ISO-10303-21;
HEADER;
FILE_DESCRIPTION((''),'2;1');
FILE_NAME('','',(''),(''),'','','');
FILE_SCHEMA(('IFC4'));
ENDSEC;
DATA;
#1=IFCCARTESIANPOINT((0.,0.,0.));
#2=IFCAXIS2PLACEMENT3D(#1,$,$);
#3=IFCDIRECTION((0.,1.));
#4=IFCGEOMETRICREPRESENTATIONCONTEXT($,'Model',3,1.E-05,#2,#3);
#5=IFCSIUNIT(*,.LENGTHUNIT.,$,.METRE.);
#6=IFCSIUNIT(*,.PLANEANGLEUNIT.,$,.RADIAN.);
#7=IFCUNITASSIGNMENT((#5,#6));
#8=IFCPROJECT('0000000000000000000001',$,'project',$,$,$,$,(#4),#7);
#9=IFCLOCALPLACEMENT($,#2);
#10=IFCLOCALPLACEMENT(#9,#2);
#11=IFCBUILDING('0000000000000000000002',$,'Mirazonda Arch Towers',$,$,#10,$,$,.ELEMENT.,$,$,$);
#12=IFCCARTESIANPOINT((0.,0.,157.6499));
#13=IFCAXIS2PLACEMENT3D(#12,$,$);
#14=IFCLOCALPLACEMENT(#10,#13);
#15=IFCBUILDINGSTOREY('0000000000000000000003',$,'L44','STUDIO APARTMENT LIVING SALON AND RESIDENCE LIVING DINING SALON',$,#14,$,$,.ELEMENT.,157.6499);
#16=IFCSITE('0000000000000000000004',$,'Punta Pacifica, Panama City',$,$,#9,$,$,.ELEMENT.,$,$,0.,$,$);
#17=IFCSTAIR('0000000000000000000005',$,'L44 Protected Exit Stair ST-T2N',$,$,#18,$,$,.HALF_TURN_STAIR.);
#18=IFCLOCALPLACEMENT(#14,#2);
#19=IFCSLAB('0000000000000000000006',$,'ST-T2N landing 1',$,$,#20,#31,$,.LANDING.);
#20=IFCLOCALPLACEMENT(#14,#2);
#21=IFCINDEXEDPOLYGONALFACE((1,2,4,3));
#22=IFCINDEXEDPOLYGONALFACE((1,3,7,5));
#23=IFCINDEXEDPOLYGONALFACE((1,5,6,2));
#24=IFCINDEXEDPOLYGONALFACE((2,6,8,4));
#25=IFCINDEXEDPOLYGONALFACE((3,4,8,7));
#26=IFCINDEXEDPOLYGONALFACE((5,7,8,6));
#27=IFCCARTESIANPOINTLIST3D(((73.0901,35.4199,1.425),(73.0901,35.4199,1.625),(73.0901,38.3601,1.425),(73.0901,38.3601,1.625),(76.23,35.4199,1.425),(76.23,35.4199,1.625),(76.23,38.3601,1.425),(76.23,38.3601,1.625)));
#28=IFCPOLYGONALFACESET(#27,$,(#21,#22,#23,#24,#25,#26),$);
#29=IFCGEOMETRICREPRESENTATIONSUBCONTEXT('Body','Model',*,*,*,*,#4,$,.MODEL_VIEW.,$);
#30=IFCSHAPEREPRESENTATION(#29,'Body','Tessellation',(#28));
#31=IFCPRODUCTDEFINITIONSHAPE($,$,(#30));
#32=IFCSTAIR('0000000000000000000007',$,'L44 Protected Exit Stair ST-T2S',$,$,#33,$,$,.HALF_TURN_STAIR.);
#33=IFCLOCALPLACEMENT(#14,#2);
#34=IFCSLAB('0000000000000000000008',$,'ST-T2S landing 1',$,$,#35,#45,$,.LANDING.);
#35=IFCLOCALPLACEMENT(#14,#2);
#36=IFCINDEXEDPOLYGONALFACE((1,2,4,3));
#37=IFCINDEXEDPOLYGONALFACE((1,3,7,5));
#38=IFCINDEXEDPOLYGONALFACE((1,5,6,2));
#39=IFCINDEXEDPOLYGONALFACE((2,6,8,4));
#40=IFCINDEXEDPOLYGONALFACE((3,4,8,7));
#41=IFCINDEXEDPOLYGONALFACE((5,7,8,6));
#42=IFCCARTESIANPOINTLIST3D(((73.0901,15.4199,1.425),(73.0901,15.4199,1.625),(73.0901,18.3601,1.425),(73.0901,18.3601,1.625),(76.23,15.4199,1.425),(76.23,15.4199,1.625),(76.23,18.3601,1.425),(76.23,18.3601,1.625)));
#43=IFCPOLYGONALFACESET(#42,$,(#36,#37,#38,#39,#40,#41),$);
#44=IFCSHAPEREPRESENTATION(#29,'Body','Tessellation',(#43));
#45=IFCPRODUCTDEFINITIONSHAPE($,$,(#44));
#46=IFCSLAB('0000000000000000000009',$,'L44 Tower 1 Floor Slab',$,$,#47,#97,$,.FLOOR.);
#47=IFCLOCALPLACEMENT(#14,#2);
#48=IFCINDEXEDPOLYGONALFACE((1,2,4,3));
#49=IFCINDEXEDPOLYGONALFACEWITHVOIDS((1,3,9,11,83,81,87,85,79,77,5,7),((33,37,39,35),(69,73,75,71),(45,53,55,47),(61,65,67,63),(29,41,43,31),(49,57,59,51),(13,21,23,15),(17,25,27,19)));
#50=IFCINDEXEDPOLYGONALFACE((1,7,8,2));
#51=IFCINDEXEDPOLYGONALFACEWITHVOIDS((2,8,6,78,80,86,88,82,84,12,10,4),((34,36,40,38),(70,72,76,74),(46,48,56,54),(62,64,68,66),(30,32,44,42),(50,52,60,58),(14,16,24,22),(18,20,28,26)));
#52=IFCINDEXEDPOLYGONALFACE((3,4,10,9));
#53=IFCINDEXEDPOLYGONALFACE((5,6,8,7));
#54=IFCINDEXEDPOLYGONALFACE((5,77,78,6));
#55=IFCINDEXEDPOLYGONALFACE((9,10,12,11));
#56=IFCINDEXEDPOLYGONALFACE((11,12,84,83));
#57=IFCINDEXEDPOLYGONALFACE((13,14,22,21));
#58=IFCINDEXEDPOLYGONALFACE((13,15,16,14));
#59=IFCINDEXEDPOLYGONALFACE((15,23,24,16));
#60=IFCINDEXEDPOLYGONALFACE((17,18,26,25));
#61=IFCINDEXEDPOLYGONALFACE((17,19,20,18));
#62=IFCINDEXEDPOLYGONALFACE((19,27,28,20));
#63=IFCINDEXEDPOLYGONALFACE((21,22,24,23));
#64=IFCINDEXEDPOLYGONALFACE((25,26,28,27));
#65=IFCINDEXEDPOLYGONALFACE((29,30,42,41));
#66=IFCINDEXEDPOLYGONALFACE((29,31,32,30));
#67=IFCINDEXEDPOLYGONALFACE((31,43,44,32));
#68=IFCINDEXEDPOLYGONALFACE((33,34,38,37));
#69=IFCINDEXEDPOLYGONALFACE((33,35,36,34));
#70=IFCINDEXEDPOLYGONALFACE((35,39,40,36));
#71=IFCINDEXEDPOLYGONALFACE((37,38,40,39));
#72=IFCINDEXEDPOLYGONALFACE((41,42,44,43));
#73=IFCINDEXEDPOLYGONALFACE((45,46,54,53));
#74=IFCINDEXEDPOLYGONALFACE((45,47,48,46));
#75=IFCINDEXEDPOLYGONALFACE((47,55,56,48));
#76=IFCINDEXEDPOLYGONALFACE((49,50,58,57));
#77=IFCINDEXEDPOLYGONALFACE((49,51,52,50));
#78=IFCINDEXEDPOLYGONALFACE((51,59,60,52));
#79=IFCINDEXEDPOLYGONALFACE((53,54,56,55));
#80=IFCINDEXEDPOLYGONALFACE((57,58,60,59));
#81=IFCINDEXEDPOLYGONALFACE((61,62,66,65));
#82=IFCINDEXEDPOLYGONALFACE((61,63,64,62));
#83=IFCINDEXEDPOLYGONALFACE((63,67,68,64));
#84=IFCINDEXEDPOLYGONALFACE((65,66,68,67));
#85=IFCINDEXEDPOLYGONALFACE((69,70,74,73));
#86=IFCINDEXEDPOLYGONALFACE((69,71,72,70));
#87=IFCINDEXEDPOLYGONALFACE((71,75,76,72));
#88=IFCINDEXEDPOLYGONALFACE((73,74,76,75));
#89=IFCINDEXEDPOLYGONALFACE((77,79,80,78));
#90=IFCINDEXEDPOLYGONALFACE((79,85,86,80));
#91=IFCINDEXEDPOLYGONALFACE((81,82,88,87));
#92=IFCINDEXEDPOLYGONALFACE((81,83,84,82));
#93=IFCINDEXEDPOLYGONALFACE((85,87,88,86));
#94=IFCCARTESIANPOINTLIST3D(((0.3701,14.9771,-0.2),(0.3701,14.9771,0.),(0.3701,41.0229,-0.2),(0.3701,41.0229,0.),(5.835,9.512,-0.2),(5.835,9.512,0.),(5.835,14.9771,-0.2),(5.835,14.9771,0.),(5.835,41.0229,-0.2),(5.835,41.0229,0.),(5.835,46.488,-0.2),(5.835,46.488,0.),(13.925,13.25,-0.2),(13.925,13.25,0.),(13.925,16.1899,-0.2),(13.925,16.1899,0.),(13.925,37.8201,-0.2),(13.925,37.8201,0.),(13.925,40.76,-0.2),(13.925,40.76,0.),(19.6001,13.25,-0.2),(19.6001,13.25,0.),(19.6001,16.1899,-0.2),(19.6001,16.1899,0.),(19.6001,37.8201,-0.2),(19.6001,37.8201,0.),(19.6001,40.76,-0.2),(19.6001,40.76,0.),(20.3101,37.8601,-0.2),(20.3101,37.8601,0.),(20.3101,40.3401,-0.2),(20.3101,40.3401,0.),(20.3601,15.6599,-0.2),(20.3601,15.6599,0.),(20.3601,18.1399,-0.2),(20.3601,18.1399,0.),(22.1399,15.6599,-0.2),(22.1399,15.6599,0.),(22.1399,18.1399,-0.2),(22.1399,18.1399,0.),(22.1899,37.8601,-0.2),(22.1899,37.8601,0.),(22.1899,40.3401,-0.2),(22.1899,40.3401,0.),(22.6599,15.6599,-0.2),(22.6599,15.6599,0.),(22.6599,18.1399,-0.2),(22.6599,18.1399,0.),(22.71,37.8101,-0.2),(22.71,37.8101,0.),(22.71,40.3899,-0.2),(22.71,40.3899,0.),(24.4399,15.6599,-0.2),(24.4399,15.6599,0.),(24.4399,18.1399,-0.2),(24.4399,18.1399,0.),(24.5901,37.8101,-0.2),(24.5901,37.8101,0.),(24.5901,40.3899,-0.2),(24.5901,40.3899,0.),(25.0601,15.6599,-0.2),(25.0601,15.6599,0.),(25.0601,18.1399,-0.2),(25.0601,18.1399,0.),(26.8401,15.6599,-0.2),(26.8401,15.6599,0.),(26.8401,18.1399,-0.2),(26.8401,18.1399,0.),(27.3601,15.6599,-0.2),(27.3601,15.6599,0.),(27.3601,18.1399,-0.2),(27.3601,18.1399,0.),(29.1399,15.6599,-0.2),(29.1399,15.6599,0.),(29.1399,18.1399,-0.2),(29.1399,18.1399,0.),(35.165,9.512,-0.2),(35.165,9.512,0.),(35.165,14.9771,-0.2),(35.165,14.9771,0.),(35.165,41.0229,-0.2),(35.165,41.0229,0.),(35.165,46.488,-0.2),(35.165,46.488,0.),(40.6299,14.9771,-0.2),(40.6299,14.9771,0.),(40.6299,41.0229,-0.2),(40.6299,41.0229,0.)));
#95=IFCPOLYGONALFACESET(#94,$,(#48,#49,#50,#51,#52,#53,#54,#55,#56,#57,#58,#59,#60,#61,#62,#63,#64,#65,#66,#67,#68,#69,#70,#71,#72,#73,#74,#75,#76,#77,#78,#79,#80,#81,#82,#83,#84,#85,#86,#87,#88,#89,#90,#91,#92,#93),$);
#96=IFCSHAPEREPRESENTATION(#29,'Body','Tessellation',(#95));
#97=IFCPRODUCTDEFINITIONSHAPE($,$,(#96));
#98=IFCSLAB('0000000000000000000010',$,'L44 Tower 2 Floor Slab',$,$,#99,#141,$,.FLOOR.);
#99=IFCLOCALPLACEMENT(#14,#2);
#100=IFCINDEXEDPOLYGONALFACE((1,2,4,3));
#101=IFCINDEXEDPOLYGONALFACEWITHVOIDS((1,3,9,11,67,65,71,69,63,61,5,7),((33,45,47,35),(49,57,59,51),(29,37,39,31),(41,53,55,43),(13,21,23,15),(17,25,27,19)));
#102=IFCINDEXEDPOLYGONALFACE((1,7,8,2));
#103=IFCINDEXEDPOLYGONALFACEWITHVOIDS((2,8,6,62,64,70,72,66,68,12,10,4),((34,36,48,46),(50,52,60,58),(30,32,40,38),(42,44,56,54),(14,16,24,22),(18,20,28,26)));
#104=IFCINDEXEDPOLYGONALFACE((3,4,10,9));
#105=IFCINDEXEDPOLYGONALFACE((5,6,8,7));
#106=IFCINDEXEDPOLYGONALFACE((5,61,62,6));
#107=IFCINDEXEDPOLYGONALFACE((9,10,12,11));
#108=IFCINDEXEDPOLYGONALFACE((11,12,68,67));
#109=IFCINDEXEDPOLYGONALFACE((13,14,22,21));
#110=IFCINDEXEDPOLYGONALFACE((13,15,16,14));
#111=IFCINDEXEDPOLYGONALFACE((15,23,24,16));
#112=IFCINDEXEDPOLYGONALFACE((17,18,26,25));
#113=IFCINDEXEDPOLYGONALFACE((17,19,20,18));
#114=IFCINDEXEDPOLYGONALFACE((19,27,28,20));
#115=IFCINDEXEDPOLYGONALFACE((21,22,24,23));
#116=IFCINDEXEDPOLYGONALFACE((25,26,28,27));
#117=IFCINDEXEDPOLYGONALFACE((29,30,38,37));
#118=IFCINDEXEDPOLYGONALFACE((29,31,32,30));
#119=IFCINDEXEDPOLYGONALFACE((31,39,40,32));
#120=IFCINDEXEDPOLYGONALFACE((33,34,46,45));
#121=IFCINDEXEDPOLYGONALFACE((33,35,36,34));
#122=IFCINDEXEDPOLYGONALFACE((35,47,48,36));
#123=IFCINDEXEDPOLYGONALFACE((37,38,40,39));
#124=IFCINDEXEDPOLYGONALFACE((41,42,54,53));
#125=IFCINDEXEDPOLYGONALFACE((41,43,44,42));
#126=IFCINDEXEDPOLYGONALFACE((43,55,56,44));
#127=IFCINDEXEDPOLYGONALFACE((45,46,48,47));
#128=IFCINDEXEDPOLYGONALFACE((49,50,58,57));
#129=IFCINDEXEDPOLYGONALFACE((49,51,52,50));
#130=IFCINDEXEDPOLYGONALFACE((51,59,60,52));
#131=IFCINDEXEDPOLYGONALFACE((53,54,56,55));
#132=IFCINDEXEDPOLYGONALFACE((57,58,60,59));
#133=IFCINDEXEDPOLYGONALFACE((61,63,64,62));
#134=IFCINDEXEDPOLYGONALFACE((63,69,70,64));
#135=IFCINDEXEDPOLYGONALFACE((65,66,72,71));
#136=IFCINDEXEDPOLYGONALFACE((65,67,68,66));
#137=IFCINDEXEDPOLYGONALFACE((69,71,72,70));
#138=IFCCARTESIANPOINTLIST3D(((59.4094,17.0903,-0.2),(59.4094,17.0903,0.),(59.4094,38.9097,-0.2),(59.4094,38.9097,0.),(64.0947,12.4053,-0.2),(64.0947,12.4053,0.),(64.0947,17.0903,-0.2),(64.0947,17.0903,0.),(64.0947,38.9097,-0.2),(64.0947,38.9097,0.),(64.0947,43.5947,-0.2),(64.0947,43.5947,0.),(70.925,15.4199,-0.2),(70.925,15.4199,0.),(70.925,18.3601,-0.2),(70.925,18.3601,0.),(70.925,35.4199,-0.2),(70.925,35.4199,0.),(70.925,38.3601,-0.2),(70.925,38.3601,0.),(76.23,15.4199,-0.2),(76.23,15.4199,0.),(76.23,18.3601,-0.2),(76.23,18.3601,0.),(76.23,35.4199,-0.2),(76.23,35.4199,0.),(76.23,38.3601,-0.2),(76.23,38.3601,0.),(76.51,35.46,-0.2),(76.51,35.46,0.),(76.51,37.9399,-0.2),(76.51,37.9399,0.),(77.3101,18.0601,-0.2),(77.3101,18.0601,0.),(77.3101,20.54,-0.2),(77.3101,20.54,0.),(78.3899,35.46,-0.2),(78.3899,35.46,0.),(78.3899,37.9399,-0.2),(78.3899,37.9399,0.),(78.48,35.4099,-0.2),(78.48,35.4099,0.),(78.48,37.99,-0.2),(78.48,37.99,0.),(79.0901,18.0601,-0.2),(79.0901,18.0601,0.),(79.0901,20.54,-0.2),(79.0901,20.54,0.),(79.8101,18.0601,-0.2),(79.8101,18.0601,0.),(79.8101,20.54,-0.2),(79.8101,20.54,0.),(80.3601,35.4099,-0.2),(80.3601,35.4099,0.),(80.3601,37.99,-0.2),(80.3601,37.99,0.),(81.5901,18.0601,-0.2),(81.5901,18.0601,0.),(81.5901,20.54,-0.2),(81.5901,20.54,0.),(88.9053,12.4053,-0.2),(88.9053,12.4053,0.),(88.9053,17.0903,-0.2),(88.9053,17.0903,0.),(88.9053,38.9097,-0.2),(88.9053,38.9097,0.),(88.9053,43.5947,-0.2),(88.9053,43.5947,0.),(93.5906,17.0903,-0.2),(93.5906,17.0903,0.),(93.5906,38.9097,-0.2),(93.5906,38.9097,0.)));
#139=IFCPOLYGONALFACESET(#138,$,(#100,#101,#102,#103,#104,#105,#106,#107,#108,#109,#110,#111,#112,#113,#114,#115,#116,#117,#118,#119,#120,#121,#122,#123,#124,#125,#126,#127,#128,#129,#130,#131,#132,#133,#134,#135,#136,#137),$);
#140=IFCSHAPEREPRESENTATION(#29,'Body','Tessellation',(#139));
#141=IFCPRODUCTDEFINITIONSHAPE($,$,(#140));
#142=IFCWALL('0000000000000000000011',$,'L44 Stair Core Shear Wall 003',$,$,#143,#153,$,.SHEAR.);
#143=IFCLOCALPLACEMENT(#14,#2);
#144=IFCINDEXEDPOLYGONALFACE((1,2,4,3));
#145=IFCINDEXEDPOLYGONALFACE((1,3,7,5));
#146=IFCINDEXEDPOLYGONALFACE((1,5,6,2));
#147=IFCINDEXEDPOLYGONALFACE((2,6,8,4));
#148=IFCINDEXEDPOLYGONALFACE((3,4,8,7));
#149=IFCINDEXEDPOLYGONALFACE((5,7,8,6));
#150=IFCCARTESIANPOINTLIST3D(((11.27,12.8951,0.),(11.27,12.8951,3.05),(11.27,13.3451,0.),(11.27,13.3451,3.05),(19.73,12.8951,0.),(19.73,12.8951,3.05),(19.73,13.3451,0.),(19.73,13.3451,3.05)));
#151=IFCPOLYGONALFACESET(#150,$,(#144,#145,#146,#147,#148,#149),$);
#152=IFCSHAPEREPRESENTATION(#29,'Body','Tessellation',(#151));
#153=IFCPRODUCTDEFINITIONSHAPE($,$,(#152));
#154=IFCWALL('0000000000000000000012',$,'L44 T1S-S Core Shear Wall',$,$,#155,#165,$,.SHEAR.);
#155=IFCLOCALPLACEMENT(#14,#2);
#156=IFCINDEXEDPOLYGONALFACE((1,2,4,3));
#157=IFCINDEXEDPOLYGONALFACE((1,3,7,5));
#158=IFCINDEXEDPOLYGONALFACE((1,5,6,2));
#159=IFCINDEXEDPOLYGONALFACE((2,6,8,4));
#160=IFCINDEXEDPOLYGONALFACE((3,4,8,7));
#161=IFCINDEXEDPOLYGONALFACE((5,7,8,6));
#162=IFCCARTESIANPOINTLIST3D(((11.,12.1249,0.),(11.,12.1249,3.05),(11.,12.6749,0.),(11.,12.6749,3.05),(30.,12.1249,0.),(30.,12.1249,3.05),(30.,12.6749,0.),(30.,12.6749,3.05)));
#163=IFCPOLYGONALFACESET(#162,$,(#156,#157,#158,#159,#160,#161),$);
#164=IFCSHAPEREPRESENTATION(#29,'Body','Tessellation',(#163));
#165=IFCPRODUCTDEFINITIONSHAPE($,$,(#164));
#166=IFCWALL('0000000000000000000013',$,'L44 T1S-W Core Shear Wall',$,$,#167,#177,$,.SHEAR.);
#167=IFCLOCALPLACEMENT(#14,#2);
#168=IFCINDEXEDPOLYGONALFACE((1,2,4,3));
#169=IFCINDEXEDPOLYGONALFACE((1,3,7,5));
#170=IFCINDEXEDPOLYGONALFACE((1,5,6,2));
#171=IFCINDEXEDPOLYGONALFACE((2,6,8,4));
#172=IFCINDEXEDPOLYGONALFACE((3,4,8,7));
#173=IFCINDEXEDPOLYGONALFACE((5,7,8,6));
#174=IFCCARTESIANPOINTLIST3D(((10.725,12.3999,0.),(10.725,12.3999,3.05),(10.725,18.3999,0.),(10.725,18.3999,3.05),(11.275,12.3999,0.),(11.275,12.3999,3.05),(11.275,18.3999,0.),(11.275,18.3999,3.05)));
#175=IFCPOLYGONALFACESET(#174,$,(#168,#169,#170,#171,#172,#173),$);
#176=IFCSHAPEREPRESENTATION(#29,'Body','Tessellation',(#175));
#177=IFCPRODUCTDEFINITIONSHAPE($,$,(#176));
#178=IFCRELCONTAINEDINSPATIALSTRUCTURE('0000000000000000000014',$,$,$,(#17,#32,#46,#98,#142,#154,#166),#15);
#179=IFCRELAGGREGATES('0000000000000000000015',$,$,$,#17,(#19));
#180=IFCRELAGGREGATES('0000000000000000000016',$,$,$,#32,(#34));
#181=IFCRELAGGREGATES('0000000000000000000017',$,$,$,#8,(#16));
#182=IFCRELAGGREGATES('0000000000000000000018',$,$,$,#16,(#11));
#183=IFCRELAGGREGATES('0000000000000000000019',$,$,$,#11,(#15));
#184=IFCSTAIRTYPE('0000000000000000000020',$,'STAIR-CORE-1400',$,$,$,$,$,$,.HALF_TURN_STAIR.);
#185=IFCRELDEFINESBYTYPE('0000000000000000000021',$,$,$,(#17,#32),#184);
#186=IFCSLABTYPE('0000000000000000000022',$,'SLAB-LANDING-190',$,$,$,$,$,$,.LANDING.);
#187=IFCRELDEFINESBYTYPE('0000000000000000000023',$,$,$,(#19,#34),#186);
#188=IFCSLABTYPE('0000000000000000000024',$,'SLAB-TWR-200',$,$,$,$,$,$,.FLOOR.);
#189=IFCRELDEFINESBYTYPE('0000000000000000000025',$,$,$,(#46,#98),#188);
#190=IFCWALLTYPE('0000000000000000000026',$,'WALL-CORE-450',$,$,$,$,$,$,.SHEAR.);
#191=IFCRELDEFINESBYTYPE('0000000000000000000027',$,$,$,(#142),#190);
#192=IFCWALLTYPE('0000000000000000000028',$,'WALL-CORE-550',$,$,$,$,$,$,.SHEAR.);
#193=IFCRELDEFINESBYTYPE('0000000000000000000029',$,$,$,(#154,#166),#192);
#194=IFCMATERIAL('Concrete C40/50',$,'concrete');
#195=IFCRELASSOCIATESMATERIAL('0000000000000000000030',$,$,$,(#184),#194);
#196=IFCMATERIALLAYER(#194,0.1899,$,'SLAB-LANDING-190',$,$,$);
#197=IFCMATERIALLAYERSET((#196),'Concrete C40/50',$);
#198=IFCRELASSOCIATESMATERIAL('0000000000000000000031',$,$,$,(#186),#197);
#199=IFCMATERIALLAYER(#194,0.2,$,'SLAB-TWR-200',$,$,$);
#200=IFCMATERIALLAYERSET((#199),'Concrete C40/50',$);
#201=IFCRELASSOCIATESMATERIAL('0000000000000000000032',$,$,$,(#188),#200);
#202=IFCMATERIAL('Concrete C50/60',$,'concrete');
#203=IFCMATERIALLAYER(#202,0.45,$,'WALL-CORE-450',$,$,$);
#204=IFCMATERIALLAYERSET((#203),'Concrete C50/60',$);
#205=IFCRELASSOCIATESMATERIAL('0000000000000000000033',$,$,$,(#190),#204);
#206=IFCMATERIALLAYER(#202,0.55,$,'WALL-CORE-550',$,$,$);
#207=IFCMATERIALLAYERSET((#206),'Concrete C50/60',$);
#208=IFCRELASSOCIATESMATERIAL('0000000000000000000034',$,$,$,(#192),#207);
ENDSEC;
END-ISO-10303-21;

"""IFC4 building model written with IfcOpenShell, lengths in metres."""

from ifc_helpers import new_model, si_unit, direction, frame, frame_2d, origin, place, context, subcontext, project, spatial, polyline, rectangle, outline, extrude, material, layer, layer_set, type_object, element, aggregate, save


model = new_model("IFC4")

# Units and contexts
model_context = context("Model", 3, precision=1e-05, world=origin(), true_north=direction((0.0, 1.0)))
body_context = subcontext(model_context, "Body", "Model", "MODEL_VIEW")
ifc_project = project(units=[si_unit("LENGTHUNIT", "METRE"), si_unit("PLANEANGLEUNIT", "RADIAN")], contexts=[model_context])

# Site, building, storey
site_placement = place(None, origin())
site = spatial("IfcSite", under=ifc_project, at=site_placement, Name="Punta Pacifica, Panama City", CompositionType="ELEMENT", RefElevation=0.0)
building_placement = place(site_placement, origin())
building = spatial("IfcBuilding", under=site, at=building_placement, Name="Mirazonda Arch Towers", CompositionType="ELEMENT")
storey_placement = place(building_placement, frame((0.0, 0.0, 157.6499)))
storey = spatial("IfcBuildingStorey", under=building, at=storey_placement, Name="L44", Description="STUDIO APARTMENT LIVING SALON AND RESIDENCE LIVING DINING SALON", CompositionType="ELEMENT", Elevation=157.6499)

# Shared definitions
ifc_material_1 = material(Name="Concrete C50/60", Category="concrete")

# Stairs, slabs
ifc_material_2 = material(Name="Concrete C40/50", Category="concrete")
stair_type = type_object("IfcStairType", Name="STAIR-CORE-1400", PredefinedType="HALF_TURN_STAIR", material=ifc_material_2)
ifc_layer_1 = layer(ifc_material_2, 0.1899, Name="SLAB-LANDING-190")
ifc_layer_set_1 = layer_set([ifc_layer_1], Name="Concrete C40/50")
slab_type_1 = type_object("IfcSlabType", Name="SLAB-LANDING-190", PredefinedType="LANDING", material=ifc_layer_set_1)
stair_1_placement = place(storey_placement, origin())
stair_1 = element("IfcStair", 1, at=stair_1_placement, inside=storey, type_object=stair_type, Name="L44 Protected Exit Stair ST-T2N", PredefinedType="HALF_TURN_STAIR")
slab_1_placement = place(storey_placement, frame((0.0, 0.0, 1.425)))
slab_1 = element("IfcSlab", 2, at=slab_1_placement, type_object=slab_type_1, Name="ST-T2N landing 1", PredefinedType="LANDING", context=body_context, shape_type="SweptSolid", body=[
    extrude(outline(polyline([(73.0901, 35.4199), (76.23, 35.4199), (76.23, 38.3601), (73.0901, 38.3601), (73.0901, 35.4199)])), origin(), (0.0, 0.0, 1.0), 0.2),
])
aggregate(stair_1, [slab_1])
stair_2_placement = place(storey_placement, origin())
stair_2 = element("IfcStair", 3, at=stair_2_placement, inside=storey, type_object=stair_type, Name="L44 Protected Exit Stair ST-T2S", PredefinedType="HALF_TURN_STAIR")
slab_2_placement = place(storey_placement, frame((0.0, 0.0, 1.425)))
slab_2 = element("IfcSlab", 4, at=slab_2_placement, type_object=slab_type_1, Name="ST-T2S landing 1", PredefinedType="LANDING", context=body_context, shape_type="SweptSolid", body=[
    extrude(outline(polyline([(73.0901, 15.4199), (76.23, 15.4199), (76.23, 18.3601), (73.0901, 18.3601), (73.0901, 15.4199)])), origin(), (0.0, 0.0, 1.0), 0.2),
])
aggregate(stair_2, [slab_2])

# Slabs
ifc_layer_2 = layer(ifc_material_2, 0.2, Name="SLAB-TWR-200")
ifc_layer_set_2 = layer_set([ifc_layer_2], Name="Concrete C40/50")
slab_type_2 = type_object("IfcSlabType", Name="SLAB-TWR-200", PredefinedType="FLOOR", material=ifc_layer_set_2)
slab_3_placement = place(storey_placement, frame((0.0, 0.0, -0.2)))
element("IfcSlab", 5, at=slab_3_placement, inside=storey, type_object=slab_type_2, Name="L44 Tower 1 Floor Slab", PredefinedType="FLOOR", context=body_context, shape_type="SweptSolid", body=[
    extrude(outline(polyline([(5.835, 9.512), (35.165, 9.512), (35.165, 14.9771), (40.6299, 14.9771), (40.6299, 41.0229), (35.165, 41.0229), (35.165, 46.488), (5.835, 46.488), (5.835, 41.0229), (0.3701, 41.0229), (0.3701, 14.9771), (5.835, 14.9771), (5.835, 9.512)]), holes=[polyline([(27.3601, 18.1399), (29.1399, 18.1399), (29.1399, 15.6599), (27.3601, 15.6599), (27.3601, 18.1399)]), polyline([(25.0601, 18.1399), (26.8401, 18.1399), (26.8401, 15.6599), (25.0601, 15.6599), (25.0601, 18.1399)]), polyline([(22.71, 40.3899), (24.5901, 40.3899), (24.5901, 37.8101), (22.71, 37.8101), (22.71, 40.3899)]), polyline([(22.6599, 18.1399), (24.4399, 18.1399), (24.4399, 15.6599), (22.6599, 15.6599), (22.6599, 18.1399)]), polyline([(20.3101, 40.3401), (22.1899, 40.3401), (22.1899, 37.8601), (20.3101, 37.8601), (20.3101, 40.3401)]), polyline([(20.3601, 18.1399), (22.1399, 18.1399), (22.1399, 15.6599), (20.3601, 15.6599), (20.3601, 18.1399)]), polyline([(13.925, 13.25), (13.925, 16.1899), (19.6001, 16.1899), (19.6001, 13.25), (13.925, 13.25)]), polyline([(13.925, 37.8201), (13.925, 40.76), (19.6001, 40.76), (19.6001, 37.8201), (13.925, 37.8201)])]), origin(), (0.0, 0.0, 1.0), 0.2),
])
slab_4_placement = place(storey_placement, frame((0.0, 0.0, -0.2)))
element("IfcSlab", 6, at=slab_4_placement, inside=storey, type_object=slab_type_2, Name="L44 Tower 2 Floor Slab", PredefinedType="FLOOR", context=body_context, shape_type="SweptSolid", body=[
    extrude(outline(polyline([(64.0947, 12.4053), (88.9053, 12.4053), (88.9053, 17.0903), (93.5906, 17.0903), (93.5906, 38.9097), (88.9053, 38.9097), (88.9053, 43.5947), (64.0947, 43.5947), (64.0947, 38.9097), (59.4094, 38.9097), (59.4094, 17.0903), (64.0947, 17.0903), (64.0947, 12.4053)]), holes=[polyline([(79.8101, 20.54), (81.5901, 20.54), (81.5901, 18.0601), (79.8101, 18.0601), (79.8101, 20.54)]), polyline([(78.48, 37.99), (80.3601, 37.99), (80.3601, 35.4099), (78.48, 35.4099), (78.48, 37.99)]), polyline([(77.3101, 20.54), (79.0901, 20.54), (79.0901, 18.0601), (77.3101, 18.0601), (77.3101, 20.54)]), polyline([(76.51, 35.46), (76.51, 37.9399), (78.3899, 37.9399), (78.3899, 35.46), (76.51, 35.46)]), polyline([(76.23, 15.4199), (70.925, 15.4199), (70.925, 18.3601), (76.23, 18.3601), (76.23, 15.4199)]), polyline([(70.925, 35.4199), (70.925, 38.3601), (76.23, 38.3601), (76.23, 35.4199), (70.925, 35.4199)])]), origin(), (0.0, 0.0, 1.0), 0.2),
])

# Walls
ifc_layer_3 = layer(ifc_material_1, 0.45, Name="WALL-CORE-450")
ifc_layer_set_3 = layer_set([ifc_layer_3], Name="Concrete C50/60")
wall_type_1 = type_object("IfcWallType", Name="WALL-CORE-450", PredefinedType="SHEAR", material=ifc_layer_set_3)
wall_1_placement = place(storey_placement, frame((11.27, 13.1201, 0.0), z_axis=(0.0, 0.0, 1.0), x_axis=(1.0, 0.0, 0.0)))
element("IfcWall", 7, at=wall_1_placement, inside=storey, type_object=wall_type_1, Name="L44 Stair Core Shear Wall 003", PredefinedType="SHEAR", context=body_context, shape_type="SweptSolid", body=[
    extrude(rectangle(XDim=8.46, YDim=0.45, at=frame_2d((4.23, 0.0))), origin(), (0.0, 0.0, 1.0), 3.05),
])
ifc_layer_4 = layer(ifc_material_1, 0.55, Name="WALL-CORE-550")
ifc_layer_set_4 = layer_set([ifc_layer_4], Name="Concrete C50/60")
wall_type_2 = type_object("IfcWallType", Name="WALL-CORE-550", PredefinedType="SHEAR", material=ifc_layer_set_4)
wall_2_placement = place(storey_placement, frame((11.0, 12.3999, 0.0), z_axis=(0.0, 0.0, 1.0), x_axis=(1.0, 0.0, 0.0)))
element("IfcWall", 8, at=wall_2_placement, inside=storey, type_object=wall_type_2, Name="L44 T1S-S Core Shear Wall", PredefinedType="SHEAR", context=body_context, shape_type="SweptSolid", body=[
    extrude(rectangle(XDim=19.0, YDim=0.55, at=frame_2d((9.5, 0.0))), origin(), (0.0, 0.0, 1.0), 3.05),
])
wall_3_placement = place(storey_placement, frame((11.0, 12.3999, 0.0), z_axis=(0.0, 0.0, 1.0), x_axis=(0.0, 1.0, 0.0)))
element("IfcWall", 9, at=wall_3_placement, inside=storey, type_object=wall_type_2, Name="L44 T1S-W Core Shear Wall", PredefinedType="SHEAR", context=body_context, shape_type="SweptSolid", body=[
    extrude(rectangle(XDim=6.0, YDim=0.55, at=frame_2d((3.0, 0.0))), origin(), (0.0, 0.0, 1.0), 3.05),
])

save(model, "model.ifc")
